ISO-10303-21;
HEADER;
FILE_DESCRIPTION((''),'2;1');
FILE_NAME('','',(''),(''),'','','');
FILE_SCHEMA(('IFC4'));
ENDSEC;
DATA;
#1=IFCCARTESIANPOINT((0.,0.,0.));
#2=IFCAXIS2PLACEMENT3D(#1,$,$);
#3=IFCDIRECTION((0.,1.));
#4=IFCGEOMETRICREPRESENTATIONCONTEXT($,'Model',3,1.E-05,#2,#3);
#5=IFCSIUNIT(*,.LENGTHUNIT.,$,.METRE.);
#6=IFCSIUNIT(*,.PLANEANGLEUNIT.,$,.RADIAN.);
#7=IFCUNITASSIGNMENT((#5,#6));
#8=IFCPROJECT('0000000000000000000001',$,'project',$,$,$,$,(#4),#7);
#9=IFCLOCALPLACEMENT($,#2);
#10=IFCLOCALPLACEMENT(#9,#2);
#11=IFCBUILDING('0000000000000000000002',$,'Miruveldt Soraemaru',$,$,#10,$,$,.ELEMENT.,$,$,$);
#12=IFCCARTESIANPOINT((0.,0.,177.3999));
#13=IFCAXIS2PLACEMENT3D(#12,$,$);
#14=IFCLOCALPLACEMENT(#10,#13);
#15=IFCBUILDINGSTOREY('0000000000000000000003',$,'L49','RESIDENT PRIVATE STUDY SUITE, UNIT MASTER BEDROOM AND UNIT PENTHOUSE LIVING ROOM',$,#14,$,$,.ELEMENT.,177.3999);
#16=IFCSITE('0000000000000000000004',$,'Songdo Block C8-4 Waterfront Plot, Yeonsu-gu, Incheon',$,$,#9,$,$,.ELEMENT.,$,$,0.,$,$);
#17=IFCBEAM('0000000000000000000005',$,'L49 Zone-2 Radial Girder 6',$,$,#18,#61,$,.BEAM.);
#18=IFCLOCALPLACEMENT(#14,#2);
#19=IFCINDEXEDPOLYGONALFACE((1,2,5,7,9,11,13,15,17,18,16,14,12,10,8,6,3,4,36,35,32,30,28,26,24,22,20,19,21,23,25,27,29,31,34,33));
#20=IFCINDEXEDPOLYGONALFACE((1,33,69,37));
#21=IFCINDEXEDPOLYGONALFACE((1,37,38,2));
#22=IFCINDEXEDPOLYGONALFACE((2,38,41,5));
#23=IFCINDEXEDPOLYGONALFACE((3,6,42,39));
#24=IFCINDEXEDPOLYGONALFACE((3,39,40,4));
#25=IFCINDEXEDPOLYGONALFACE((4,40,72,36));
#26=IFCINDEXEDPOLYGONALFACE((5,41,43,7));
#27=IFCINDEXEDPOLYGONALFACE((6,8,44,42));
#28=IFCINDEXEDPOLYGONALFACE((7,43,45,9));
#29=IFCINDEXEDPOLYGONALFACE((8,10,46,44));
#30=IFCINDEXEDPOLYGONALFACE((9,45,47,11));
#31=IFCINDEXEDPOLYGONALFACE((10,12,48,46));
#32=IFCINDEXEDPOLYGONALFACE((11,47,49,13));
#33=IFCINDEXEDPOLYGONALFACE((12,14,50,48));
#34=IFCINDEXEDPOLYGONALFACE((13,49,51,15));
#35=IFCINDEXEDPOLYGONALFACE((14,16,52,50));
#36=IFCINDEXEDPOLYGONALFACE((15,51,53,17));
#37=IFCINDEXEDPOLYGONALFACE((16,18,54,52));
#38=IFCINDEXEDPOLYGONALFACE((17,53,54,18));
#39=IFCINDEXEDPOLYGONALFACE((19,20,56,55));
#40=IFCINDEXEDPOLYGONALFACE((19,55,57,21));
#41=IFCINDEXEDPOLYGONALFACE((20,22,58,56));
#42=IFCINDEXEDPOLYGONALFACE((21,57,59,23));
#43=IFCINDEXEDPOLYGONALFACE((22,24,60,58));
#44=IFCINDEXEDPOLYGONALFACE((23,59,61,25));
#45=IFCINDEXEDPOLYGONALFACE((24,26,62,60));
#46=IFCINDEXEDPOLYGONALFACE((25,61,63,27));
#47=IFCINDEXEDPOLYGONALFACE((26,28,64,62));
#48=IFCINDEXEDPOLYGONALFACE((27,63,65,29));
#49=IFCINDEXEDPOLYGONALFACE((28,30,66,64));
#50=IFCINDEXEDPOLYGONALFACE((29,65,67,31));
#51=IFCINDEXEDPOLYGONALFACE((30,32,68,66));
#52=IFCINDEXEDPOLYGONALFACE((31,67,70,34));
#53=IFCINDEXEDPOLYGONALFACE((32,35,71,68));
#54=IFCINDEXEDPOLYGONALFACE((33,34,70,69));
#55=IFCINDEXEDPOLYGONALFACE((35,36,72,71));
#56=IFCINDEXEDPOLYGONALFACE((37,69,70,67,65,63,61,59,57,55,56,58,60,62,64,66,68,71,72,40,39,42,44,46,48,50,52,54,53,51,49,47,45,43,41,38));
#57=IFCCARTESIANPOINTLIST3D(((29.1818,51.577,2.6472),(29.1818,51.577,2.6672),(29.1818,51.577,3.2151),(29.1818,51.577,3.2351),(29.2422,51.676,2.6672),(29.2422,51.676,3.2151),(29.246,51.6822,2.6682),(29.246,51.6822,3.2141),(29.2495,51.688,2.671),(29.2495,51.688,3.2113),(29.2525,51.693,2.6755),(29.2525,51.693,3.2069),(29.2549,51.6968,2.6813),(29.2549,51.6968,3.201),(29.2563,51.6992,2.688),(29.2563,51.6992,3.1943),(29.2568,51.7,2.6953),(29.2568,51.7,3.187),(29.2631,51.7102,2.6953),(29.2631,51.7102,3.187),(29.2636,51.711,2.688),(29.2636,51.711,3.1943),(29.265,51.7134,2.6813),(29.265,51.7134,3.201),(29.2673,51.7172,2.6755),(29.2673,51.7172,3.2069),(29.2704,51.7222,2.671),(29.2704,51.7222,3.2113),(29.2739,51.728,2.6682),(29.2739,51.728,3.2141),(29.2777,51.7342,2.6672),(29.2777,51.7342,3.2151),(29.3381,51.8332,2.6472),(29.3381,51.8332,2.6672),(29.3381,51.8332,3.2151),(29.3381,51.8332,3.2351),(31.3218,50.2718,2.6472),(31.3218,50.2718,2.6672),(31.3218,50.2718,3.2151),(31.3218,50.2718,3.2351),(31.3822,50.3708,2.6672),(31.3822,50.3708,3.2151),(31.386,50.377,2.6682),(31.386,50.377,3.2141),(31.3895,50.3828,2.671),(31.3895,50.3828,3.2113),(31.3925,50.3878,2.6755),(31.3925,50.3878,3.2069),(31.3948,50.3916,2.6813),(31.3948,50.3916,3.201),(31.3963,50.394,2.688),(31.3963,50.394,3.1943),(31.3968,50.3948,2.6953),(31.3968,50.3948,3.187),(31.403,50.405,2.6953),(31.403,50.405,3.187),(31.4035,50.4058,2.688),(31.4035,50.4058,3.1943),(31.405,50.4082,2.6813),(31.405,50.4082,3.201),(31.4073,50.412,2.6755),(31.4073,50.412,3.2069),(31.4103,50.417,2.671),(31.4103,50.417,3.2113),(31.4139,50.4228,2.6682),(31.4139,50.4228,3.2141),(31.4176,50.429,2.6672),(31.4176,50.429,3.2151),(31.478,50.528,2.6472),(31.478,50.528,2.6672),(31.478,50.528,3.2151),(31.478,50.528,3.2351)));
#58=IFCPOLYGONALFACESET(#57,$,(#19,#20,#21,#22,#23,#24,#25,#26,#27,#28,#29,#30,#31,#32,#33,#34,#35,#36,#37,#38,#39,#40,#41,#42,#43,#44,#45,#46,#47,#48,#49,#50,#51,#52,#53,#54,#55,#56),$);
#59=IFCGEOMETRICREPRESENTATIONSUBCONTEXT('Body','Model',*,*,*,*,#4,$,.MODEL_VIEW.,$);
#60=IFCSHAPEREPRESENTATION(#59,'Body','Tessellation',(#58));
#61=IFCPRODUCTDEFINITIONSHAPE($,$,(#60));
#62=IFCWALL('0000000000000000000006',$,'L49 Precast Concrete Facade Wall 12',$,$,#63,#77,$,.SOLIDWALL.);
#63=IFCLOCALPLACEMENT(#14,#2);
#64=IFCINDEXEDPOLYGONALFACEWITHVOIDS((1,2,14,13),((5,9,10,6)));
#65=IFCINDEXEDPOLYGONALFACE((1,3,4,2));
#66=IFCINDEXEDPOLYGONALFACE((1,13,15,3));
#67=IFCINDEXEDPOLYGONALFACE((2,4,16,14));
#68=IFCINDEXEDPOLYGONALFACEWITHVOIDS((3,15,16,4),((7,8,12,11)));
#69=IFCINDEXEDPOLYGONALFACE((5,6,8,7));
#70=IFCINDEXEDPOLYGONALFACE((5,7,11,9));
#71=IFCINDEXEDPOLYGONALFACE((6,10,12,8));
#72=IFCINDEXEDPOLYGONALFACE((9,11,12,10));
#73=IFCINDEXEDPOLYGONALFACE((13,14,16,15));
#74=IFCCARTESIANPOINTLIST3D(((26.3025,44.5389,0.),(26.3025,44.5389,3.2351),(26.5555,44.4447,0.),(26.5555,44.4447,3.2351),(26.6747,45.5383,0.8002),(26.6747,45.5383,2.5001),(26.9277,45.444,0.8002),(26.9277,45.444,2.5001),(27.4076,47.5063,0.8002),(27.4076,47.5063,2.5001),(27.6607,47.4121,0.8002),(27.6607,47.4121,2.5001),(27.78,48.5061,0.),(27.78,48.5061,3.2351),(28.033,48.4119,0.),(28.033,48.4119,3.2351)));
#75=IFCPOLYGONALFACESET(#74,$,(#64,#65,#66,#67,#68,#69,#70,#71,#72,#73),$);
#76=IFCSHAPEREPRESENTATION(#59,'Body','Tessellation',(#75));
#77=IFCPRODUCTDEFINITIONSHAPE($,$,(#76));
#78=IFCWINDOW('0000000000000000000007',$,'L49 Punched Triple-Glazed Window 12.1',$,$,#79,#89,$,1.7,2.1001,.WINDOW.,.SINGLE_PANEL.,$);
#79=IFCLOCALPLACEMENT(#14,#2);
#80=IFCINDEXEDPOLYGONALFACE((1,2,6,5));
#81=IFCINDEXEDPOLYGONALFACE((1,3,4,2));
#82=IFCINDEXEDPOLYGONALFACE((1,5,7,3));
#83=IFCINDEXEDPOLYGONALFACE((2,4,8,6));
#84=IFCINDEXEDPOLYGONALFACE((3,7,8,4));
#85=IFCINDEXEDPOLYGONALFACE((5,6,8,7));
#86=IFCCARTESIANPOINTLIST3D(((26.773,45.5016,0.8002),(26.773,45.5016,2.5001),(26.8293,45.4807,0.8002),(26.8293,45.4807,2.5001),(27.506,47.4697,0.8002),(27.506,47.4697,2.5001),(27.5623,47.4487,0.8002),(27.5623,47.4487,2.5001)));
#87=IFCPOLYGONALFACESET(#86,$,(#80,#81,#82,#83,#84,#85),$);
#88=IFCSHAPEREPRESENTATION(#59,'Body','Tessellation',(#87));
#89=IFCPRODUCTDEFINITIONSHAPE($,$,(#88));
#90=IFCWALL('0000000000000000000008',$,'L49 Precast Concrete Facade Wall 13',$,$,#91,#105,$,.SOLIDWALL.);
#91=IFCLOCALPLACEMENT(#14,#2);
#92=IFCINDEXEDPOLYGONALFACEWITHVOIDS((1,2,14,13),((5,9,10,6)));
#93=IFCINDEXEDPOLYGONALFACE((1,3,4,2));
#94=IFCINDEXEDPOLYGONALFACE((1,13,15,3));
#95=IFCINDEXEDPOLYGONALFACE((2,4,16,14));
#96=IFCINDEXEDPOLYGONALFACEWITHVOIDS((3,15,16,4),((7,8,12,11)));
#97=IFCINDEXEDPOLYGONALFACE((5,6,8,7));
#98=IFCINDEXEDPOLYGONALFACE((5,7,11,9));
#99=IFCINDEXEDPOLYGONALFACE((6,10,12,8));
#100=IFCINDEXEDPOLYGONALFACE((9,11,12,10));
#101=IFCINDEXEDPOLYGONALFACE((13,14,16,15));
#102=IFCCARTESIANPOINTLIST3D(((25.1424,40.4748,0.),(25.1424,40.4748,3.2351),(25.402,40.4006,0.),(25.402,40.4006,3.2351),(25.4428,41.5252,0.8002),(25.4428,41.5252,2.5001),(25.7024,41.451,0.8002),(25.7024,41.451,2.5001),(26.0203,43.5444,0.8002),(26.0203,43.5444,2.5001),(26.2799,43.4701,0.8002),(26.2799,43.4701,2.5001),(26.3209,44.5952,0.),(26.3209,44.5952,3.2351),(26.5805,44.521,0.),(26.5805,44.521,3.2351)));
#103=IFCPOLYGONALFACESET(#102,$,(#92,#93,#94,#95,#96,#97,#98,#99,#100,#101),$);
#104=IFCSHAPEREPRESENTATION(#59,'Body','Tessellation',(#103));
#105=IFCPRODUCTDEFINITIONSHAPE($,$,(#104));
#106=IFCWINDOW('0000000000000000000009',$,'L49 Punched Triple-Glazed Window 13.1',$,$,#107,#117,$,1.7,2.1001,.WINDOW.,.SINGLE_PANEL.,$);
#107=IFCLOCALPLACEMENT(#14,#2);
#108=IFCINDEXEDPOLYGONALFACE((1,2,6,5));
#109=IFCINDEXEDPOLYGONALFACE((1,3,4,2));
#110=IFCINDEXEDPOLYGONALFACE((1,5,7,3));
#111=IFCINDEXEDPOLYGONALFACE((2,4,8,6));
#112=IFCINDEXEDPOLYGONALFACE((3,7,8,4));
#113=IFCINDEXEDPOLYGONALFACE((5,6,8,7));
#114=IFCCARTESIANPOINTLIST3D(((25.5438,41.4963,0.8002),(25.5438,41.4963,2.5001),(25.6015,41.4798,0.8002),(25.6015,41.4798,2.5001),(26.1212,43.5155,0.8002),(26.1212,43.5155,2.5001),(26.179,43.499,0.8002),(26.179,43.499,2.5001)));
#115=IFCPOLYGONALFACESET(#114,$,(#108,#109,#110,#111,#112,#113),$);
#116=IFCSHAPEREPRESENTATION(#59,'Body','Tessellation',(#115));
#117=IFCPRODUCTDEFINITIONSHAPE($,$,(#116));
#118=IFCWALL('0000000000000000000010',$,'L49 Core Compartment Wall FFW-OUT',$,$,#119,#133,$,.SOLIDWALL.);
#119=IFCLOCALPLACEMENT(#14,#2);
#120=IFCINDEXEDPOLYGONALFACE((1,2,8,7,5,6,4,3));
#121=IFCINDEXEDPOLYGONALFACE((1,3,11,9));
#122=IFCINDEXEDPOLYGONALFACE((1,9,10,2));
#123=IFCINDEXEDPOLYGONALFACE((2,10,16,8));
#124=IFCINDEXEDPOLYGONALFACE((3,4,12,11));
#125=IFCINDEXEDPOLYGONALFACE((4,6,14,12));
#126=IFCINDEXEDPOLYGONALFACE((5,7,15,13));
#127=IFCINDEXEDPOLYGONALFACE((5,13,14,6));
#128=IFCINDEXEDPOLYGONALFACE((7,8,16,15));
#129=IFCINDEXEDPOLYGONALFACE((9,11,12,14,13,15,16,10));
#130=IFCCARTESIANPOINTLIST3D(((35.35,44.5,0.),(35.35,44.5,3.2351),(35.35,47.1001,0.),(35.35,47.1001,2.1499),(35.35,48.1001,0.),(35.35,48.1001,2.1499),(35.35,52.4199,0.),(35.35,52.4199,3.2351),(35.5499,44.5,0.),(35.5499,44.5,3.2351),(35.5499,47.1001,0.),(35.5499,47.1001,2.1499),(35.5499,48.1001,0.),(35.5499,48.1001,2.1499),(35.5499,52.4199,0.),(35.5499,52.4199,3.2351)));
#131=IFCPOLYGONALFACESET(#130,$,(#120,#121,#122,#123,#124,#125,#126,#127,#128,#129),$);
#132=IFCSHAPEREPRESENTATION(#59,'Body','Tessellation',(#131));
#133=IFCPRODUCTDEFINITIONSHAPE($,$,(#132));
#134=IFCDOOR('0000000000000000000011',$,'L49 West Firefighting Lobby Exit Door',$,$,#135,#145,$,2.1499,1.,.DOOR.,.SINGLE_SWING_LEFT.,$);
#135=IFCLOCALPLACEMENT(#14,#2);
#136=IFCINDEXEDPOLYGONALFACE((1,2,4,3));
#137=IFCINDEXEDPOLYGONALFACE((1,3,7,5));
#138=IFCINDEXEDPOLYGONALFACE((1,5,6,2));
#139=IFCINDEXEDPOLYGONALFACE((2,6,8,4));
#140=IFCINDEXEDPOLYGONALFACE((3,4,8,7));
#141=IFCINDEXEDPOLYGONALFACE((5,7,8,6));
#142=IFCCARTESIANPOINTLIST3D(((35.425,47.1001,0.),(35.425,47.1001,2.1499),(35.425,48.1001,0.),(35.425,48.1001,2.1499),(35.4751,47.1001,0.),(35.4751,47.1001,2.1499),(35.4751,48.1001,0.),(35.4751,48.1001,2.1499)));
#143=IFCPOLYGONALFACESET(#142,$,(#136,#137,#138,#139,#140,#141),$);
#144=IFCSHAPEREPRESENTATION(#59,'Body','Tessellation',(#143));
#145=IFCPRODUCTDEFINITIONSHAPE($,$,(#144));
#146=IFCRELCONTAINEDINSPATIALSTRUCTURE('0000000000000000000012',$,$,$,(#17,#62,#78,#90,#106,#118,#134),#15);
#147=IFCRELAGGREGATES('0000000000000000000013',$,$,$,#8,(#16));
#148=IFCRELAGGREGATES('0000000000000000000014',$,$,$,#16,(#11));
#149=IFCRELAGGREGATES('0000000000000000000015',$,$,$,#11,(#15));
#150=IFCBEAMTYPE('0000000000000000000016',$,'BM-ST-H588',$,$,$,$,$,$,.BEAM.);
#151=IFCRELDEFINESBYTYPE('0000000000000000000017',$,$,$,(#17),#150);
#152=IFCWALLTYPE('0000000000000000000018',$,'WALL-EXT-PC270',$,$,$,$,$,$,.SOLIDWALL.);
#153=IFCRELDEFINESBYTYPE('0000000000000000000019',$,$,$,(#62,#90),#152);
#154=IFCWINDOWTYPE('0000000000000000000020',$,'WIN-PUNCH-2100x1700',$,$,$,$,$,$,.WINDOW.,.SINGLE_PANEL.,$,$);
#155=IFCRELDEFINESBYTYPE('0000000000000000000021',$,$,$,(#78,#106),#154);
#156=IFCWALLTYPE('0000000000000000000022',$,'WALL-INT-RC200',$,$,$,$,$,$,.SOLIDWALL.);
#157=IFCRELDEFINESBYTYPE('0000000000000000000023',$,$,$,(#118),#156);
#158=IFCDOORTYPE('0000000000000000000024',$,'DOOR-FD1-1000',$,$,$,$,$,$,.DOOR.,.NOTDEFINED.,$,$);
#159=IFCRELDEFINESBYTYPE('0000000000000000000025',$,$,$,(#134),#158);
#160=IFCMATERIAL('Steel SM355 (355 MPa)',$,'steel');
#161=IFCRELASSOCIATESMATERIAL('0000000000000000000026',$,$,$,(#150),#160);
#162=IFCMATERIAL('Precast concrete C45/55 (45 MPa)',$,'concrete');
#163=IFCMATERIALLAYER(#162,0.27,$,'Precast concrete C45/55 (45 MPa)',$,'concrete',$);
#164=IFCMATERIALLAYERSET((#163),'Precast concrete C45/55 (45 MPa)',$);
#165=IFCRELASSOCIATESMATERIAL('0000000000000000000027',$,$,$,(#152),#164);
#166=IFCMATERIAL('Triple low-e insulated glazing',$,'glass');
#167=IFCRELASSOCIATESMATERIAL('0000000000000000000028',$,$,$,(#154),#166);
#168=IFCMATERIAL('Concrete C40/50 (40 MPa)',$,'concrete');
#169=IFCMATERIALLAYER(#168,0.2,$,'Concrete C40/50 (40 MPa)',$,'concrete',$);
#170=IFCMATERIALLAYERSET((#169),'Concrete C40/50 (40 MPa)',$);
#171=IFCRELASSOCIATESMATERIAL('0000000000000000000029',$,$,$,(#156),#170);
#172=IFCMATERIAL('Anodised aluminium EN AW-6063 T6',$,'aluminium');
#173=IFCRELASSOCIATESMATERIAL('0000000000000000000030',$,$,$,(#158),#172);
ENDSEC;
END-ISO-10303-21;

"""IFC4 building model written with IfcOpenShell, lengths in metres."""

from ifc_helpers import new_model, si_unit, direction, frame, frame_2d, origin, origin_2d, place, context, subcontext, project, spatial, rectangle, i_section, extrude, material, layer, layer_set, material_profile, profile_set, type_object, element, fill, save


model = new_model("IFC4")

# Units and contexts
model_context = context("Model", 3, precision=1e-05, world=origin(), true_north=direction((0.0, 1.0)))
body_context = subcontext(model_context, "Body", "Model", "MODEL_VIEW")
ifc_project = project(units=[si_unit("LENGTHUNIT", "METRE"), si_unit("PLANEANGLEUNIT", "RADIAN")], contexts=[model_context])

# Site, building, storey
site_placement = place(None, origin())
site = spatial("IfcSite", under=ifc_project, at=site_placement, Name="Songdo Block C8-4 Waterfront Plot, Yeonsu-gu, Incheon", CompositionType="ELEMENT", RefElevation=0.0)
building_placement = place(site_placement, origin())
building = spatial("IfcBuilding", under=site, at=building_placement, Name="Miruveldt Soraemaru", CompositionType="ELEMENT")
storey_placement = place(building_placement, frame((0.0, 0.0, 177.3999)))
storey = spatial("IfcBuildingStorey", under=building, at=storey_placement, Name="L49", Description="RESIDENT PRIVATE STUDY SUITE, UNIT MASTER BEDROOM AND UNIT PENTHOUSE LIVING ROOM", CompositionType="ELEMENT", Elevation=177.3999)

# Beam
ifc_material_1 = material(Name="Concrete C40/50 (40 MPa)", Category="concrete")
ifc_material_2 = material(Name="Steel SM355 (355 MPa)", Category="steel")
ifc_material_profile_1 = material_profile(ifc_material_2, i_section(OverallWidth=0.3, OverallDepth=0.5879, WebThickness=0.012, FlangeThickness=0.02, FilletRadius=0.0281, at=origin_2d()), Name="Steel SM355 (355 MPa)", Category="steel")
ifc_profile_set_1 = profile_set([ifc_material_profile_1], Name="Steel SM355 (355 MPa)")
beam_type_1 = type_object("IfcBeamType", Name="BM-ST-H588", PredefinedType="BEAM", material=ifc_profile_set_1)
beam_1_placement = place(storey_placement, frame((31.3999, 50.3999, 2.9412), z_axis=(-0.853732, 0.520713, 0.0), x_axis=(-0.520713, -0.853732, 0.0)))
element("IfcBeam", 1, at=beam_1_placement, inside=storey, type_object=beam_type_1, Name="L49 Zone-2 Radial Girder 6", PredefinedType="BEAM", context=body_context, shape_type="SweptSolid", body=[
    extrude(i_section(OverallWidth=0.3, OverallDepth=0.5879, WebThickness=0.012, FlangeThickness=0.02, FilletRadius=0.0281, at=origin_2d()), origin(), (0.0, 0.0, 1.0), 2.5066),
])

# Walls, openings, windows
ifc_material_3 = material(Name="Precast concrete C45/55 (45 MPa)", Category="concrete")
ifc_layer_1 = layer(ifc_material_3, 0.27, Name="Precast concrete C45/55 (45 MPa)", Category="concrete")
ifc_layer_set_1 = layer_set([ifc_layer_1], Name="Precast concrete C45/55 (45 MPa)")
wall_type_1 = type_object("IfcWallType", Name="WALL-EXT-PC270", PredefinedType="SOLIDWALL", material=ifc_layer_set_1)
wall_1_placement = place(storey_placement, frame((27.9065, 48.459, 0.0), z_axis=(0.0, 0.0, 1.0), x_axis=(-0.349012, -0.937118, 0.0)))
wall_1 = element("IfcWall", 2, at=wall_1_placement, inside=storey, type_object=wall_type_1, Name="L49 Precast Concrete Facade Wall 12", PredefinedType="SOLIDWALL", context=body_context, shape_type="SweptSolid", body=[
    extrude(rectangle(XDim=4.2334, YDim=0.27, at=frame_2d((2.1167, 0.0))), origin(), (0.0, 0.0, 1.0), 3.2351),
])
opening_1_placement = place(wall_1_placement, frame((1.0669, 0.0, 0.8)))
opening_1 = element("IfcOpeningElement", 3, at=opening_1_placement, cuts=wall_1, PredefinedType="OPENING", context=body_context, shape_type="SweptSolid", body=[
    extrude(rectangle(XDim=2.1001, YDim=1.7, at=frame_2d((1.05, 0.8501))), frame((0.0, 0.145, 0.0), z_axis=(0.0, -1.0, 0.0), x_axis=(1.0, 0.0, 0.0)), (0.0, 0.0, 1.0), 0.29),
])
ifc_material_4 = material(Name="Triple low-e insulated glazing", Category="glass")
window_type = type_object("IfcWindowType", Name="WIN-PUNCH-2100x1700", PartitioningType="SINGLE_PANEL", PredefinedType="WINDOW", material=ifc_material_4)
window_1_placement = place(opening_1_placement, origin())
window_1 = element("IfcWindow", 4, at=window_1_placement, inside=storey, type_object=window_type, Name="L49 Punched Triple-Glazed Window 12.1", OverallHeight=1.7, OverallWidth=2.1001, PartitioningType="SINGLE_PANEL", PredefinedType="WINDOW", context=body_context, shape_type="SweptSolid", body=[
    extrude(rectangle(XDim=2.1001, YDim=1.7, at=frame_2d((1.05, 0.8501))), frame((0.0, 0.03, 0.0), z_axis=(0.0, -1.0, 0.0), x_axis=(1.0, 0.0, 0.0)), (0.0, 0.0, 1.0), 0.0601),
])
fill(opening_1, window_1)
wall_2_placement = place(storey_placement, frame((26.4507, 44.5581, 0.0), z_axis=(0.0, 0.0, 1.0), x_axis=(-0.274984, -0.961449, 0.0)))
wall_2 = element("IfcWall", 5, at=wall_2_placement, inside=storey, type_object=wall_type_1, Name="L49 Precast Concrete Facade Wall 13", PredefinedType="SOLIDWALL", context=body_context, shape_type="SweptSolid", body=[
    extrude(rectangle(XDim=4.2856, YDim=0.27, at=frame_2d((2.1428, 0.0))), origin(), (0.0, 0.0, 1.0), 3.2351),
])
opening_2_placement = place(wall_2_placement, frame((1.093, 0.0, 0.8)))
opening_2 = element("IfcOpeningElement", 6, at=opening_2_placement, cuts=wall_2, PredefinedType="OPENING", context=body_context, shape_type="SweptSolid", body=[
    extrude(rectangle(XDim=2.1001, YDim=1.7, at=frame_2d((1.05, 0.8501))), frame((0.0, 0.145, 0.0), z_axis=(0.0, -1.0, 0.0), x_axis=(1.0, 0.0, 0.0)), (0.0, 0.0, 1.0), 0.29),
])
window_2_placement = place(opening_2_placement, origin())
window_2 = element("IfcWindow", 7, at=window_2_placement, inside=storey, type_object=window_type, Name="L49 Punched Triple-Glazed Window 13.1", OverallHeight=1.7, OverallWidth=2.1001, PartitioningType="SINGLE_PANEL", PredefinedType="WINDOW", context=body_context, shape_type="SweptSolid", body=[
    extrude(rectangle(XDim=2.1001, YDim=1.7, at=frame_2d((1.05, 0.8501))), frame((0.0, 0.03, 0.0), z_axis=(0.0, -1.0, 0.0), x_axis=(1.0, 0.0, 0.0)), (0.0, 0.0, 1.0), 0.0601),
])
fill(opening_2, window_2)

# Wall, opening, door
ifc_layer_2 = layer(ifc_material_1, 0.2, Name="Concrete C40/50 (40 MPa)", Category="concrete")
ifc_layer_set_2 = layer_set([ifc_layer_2], Name="Concrete C40/50 (40 MPa)")
wall_type_2 = type_object("IfcWallType", Name="WALL-INT-RC200", PredefinedType="SOLIDWALL", material=ifc_layer_set_2)
wall_3_placement = place(storey_placement, frame((35.45, 44.5, 0.0), z_axis=(0.0, 0.0, 1.0), x_axis=(0.0, 1.0, 0.0)))
wall_3 = element("IfcWall", 8, at=wall_3_placement, inside=storey, type_object=wall_type_2, Name="L49 Core Compartment Wall FFW-OUT", PredefinedType="SOLIDWALL", context=body_context, shape_type="SweptSolid", body=[
    extrude(rectangle(XDim=7.9199, YDim=0.2, at=frame_2d((3.96, 0.0))), origin(), (0.0, 0.0, 1.0), 3.2351),
])
opening_3_placement = place(wall_3_placement, frame((2.6001, 0.0, 0.0)))
opening_3 = element("IfcOpeningElement", 9, at=opening_3_placement, cuts=wall_3, PredefinedType="OPENING", context=body_context, shape_type="SweptSolid", body=[
    extrude(rectangle(XDim=1.0, YDim=2.1499, at=frame_2d((0.5, 1.075))), frame((0.0, 0.1099, 0.0), z_axis=(0.0, -1.0, 0.0), x_axis=(1.0, 0.0, 0.0)), (0.0, 0.0, 1.0), 0.22),
])
ifc_material_5 = material(Name="Anodised aluminium EN AW-6063 T6", Category="aluminium")
door_type_1 = type_object("IfcDoorType", Name="DOOR-FD1-1000", OperationType="NOTDEFINED", PredefinedType="DOOR", material=ifc_material_5)
door_1_placement = place(opening_3_placement, origin())
door_1 = element("IfcDoor", 10, at=door_1_placement, inside=storey, type_object=door_type_1, Name="L49 West Firefighting Lobby Exit Door", OperationType="SINGLE_SWING_LEFT", OverallHeight=2.1499, OverallWidth=1.0, PredefinedType="DOOR", context=body_context, shape_type="SweptSolid", body=[
    extrude(rectangle(XDim=1.0, YDim=2.1499, at=frame_2d((0.5, 1.075))), frame((0.0, 0.0249, 0.0), z_axis=(0.0, -1.0, 0.0), x_axis=(1.0, 0.0, 0.0)), (0.0, 0.0, 1.0), 0.05),
])
fill(opening_3, door_1)

save(model, "model.ifc")
